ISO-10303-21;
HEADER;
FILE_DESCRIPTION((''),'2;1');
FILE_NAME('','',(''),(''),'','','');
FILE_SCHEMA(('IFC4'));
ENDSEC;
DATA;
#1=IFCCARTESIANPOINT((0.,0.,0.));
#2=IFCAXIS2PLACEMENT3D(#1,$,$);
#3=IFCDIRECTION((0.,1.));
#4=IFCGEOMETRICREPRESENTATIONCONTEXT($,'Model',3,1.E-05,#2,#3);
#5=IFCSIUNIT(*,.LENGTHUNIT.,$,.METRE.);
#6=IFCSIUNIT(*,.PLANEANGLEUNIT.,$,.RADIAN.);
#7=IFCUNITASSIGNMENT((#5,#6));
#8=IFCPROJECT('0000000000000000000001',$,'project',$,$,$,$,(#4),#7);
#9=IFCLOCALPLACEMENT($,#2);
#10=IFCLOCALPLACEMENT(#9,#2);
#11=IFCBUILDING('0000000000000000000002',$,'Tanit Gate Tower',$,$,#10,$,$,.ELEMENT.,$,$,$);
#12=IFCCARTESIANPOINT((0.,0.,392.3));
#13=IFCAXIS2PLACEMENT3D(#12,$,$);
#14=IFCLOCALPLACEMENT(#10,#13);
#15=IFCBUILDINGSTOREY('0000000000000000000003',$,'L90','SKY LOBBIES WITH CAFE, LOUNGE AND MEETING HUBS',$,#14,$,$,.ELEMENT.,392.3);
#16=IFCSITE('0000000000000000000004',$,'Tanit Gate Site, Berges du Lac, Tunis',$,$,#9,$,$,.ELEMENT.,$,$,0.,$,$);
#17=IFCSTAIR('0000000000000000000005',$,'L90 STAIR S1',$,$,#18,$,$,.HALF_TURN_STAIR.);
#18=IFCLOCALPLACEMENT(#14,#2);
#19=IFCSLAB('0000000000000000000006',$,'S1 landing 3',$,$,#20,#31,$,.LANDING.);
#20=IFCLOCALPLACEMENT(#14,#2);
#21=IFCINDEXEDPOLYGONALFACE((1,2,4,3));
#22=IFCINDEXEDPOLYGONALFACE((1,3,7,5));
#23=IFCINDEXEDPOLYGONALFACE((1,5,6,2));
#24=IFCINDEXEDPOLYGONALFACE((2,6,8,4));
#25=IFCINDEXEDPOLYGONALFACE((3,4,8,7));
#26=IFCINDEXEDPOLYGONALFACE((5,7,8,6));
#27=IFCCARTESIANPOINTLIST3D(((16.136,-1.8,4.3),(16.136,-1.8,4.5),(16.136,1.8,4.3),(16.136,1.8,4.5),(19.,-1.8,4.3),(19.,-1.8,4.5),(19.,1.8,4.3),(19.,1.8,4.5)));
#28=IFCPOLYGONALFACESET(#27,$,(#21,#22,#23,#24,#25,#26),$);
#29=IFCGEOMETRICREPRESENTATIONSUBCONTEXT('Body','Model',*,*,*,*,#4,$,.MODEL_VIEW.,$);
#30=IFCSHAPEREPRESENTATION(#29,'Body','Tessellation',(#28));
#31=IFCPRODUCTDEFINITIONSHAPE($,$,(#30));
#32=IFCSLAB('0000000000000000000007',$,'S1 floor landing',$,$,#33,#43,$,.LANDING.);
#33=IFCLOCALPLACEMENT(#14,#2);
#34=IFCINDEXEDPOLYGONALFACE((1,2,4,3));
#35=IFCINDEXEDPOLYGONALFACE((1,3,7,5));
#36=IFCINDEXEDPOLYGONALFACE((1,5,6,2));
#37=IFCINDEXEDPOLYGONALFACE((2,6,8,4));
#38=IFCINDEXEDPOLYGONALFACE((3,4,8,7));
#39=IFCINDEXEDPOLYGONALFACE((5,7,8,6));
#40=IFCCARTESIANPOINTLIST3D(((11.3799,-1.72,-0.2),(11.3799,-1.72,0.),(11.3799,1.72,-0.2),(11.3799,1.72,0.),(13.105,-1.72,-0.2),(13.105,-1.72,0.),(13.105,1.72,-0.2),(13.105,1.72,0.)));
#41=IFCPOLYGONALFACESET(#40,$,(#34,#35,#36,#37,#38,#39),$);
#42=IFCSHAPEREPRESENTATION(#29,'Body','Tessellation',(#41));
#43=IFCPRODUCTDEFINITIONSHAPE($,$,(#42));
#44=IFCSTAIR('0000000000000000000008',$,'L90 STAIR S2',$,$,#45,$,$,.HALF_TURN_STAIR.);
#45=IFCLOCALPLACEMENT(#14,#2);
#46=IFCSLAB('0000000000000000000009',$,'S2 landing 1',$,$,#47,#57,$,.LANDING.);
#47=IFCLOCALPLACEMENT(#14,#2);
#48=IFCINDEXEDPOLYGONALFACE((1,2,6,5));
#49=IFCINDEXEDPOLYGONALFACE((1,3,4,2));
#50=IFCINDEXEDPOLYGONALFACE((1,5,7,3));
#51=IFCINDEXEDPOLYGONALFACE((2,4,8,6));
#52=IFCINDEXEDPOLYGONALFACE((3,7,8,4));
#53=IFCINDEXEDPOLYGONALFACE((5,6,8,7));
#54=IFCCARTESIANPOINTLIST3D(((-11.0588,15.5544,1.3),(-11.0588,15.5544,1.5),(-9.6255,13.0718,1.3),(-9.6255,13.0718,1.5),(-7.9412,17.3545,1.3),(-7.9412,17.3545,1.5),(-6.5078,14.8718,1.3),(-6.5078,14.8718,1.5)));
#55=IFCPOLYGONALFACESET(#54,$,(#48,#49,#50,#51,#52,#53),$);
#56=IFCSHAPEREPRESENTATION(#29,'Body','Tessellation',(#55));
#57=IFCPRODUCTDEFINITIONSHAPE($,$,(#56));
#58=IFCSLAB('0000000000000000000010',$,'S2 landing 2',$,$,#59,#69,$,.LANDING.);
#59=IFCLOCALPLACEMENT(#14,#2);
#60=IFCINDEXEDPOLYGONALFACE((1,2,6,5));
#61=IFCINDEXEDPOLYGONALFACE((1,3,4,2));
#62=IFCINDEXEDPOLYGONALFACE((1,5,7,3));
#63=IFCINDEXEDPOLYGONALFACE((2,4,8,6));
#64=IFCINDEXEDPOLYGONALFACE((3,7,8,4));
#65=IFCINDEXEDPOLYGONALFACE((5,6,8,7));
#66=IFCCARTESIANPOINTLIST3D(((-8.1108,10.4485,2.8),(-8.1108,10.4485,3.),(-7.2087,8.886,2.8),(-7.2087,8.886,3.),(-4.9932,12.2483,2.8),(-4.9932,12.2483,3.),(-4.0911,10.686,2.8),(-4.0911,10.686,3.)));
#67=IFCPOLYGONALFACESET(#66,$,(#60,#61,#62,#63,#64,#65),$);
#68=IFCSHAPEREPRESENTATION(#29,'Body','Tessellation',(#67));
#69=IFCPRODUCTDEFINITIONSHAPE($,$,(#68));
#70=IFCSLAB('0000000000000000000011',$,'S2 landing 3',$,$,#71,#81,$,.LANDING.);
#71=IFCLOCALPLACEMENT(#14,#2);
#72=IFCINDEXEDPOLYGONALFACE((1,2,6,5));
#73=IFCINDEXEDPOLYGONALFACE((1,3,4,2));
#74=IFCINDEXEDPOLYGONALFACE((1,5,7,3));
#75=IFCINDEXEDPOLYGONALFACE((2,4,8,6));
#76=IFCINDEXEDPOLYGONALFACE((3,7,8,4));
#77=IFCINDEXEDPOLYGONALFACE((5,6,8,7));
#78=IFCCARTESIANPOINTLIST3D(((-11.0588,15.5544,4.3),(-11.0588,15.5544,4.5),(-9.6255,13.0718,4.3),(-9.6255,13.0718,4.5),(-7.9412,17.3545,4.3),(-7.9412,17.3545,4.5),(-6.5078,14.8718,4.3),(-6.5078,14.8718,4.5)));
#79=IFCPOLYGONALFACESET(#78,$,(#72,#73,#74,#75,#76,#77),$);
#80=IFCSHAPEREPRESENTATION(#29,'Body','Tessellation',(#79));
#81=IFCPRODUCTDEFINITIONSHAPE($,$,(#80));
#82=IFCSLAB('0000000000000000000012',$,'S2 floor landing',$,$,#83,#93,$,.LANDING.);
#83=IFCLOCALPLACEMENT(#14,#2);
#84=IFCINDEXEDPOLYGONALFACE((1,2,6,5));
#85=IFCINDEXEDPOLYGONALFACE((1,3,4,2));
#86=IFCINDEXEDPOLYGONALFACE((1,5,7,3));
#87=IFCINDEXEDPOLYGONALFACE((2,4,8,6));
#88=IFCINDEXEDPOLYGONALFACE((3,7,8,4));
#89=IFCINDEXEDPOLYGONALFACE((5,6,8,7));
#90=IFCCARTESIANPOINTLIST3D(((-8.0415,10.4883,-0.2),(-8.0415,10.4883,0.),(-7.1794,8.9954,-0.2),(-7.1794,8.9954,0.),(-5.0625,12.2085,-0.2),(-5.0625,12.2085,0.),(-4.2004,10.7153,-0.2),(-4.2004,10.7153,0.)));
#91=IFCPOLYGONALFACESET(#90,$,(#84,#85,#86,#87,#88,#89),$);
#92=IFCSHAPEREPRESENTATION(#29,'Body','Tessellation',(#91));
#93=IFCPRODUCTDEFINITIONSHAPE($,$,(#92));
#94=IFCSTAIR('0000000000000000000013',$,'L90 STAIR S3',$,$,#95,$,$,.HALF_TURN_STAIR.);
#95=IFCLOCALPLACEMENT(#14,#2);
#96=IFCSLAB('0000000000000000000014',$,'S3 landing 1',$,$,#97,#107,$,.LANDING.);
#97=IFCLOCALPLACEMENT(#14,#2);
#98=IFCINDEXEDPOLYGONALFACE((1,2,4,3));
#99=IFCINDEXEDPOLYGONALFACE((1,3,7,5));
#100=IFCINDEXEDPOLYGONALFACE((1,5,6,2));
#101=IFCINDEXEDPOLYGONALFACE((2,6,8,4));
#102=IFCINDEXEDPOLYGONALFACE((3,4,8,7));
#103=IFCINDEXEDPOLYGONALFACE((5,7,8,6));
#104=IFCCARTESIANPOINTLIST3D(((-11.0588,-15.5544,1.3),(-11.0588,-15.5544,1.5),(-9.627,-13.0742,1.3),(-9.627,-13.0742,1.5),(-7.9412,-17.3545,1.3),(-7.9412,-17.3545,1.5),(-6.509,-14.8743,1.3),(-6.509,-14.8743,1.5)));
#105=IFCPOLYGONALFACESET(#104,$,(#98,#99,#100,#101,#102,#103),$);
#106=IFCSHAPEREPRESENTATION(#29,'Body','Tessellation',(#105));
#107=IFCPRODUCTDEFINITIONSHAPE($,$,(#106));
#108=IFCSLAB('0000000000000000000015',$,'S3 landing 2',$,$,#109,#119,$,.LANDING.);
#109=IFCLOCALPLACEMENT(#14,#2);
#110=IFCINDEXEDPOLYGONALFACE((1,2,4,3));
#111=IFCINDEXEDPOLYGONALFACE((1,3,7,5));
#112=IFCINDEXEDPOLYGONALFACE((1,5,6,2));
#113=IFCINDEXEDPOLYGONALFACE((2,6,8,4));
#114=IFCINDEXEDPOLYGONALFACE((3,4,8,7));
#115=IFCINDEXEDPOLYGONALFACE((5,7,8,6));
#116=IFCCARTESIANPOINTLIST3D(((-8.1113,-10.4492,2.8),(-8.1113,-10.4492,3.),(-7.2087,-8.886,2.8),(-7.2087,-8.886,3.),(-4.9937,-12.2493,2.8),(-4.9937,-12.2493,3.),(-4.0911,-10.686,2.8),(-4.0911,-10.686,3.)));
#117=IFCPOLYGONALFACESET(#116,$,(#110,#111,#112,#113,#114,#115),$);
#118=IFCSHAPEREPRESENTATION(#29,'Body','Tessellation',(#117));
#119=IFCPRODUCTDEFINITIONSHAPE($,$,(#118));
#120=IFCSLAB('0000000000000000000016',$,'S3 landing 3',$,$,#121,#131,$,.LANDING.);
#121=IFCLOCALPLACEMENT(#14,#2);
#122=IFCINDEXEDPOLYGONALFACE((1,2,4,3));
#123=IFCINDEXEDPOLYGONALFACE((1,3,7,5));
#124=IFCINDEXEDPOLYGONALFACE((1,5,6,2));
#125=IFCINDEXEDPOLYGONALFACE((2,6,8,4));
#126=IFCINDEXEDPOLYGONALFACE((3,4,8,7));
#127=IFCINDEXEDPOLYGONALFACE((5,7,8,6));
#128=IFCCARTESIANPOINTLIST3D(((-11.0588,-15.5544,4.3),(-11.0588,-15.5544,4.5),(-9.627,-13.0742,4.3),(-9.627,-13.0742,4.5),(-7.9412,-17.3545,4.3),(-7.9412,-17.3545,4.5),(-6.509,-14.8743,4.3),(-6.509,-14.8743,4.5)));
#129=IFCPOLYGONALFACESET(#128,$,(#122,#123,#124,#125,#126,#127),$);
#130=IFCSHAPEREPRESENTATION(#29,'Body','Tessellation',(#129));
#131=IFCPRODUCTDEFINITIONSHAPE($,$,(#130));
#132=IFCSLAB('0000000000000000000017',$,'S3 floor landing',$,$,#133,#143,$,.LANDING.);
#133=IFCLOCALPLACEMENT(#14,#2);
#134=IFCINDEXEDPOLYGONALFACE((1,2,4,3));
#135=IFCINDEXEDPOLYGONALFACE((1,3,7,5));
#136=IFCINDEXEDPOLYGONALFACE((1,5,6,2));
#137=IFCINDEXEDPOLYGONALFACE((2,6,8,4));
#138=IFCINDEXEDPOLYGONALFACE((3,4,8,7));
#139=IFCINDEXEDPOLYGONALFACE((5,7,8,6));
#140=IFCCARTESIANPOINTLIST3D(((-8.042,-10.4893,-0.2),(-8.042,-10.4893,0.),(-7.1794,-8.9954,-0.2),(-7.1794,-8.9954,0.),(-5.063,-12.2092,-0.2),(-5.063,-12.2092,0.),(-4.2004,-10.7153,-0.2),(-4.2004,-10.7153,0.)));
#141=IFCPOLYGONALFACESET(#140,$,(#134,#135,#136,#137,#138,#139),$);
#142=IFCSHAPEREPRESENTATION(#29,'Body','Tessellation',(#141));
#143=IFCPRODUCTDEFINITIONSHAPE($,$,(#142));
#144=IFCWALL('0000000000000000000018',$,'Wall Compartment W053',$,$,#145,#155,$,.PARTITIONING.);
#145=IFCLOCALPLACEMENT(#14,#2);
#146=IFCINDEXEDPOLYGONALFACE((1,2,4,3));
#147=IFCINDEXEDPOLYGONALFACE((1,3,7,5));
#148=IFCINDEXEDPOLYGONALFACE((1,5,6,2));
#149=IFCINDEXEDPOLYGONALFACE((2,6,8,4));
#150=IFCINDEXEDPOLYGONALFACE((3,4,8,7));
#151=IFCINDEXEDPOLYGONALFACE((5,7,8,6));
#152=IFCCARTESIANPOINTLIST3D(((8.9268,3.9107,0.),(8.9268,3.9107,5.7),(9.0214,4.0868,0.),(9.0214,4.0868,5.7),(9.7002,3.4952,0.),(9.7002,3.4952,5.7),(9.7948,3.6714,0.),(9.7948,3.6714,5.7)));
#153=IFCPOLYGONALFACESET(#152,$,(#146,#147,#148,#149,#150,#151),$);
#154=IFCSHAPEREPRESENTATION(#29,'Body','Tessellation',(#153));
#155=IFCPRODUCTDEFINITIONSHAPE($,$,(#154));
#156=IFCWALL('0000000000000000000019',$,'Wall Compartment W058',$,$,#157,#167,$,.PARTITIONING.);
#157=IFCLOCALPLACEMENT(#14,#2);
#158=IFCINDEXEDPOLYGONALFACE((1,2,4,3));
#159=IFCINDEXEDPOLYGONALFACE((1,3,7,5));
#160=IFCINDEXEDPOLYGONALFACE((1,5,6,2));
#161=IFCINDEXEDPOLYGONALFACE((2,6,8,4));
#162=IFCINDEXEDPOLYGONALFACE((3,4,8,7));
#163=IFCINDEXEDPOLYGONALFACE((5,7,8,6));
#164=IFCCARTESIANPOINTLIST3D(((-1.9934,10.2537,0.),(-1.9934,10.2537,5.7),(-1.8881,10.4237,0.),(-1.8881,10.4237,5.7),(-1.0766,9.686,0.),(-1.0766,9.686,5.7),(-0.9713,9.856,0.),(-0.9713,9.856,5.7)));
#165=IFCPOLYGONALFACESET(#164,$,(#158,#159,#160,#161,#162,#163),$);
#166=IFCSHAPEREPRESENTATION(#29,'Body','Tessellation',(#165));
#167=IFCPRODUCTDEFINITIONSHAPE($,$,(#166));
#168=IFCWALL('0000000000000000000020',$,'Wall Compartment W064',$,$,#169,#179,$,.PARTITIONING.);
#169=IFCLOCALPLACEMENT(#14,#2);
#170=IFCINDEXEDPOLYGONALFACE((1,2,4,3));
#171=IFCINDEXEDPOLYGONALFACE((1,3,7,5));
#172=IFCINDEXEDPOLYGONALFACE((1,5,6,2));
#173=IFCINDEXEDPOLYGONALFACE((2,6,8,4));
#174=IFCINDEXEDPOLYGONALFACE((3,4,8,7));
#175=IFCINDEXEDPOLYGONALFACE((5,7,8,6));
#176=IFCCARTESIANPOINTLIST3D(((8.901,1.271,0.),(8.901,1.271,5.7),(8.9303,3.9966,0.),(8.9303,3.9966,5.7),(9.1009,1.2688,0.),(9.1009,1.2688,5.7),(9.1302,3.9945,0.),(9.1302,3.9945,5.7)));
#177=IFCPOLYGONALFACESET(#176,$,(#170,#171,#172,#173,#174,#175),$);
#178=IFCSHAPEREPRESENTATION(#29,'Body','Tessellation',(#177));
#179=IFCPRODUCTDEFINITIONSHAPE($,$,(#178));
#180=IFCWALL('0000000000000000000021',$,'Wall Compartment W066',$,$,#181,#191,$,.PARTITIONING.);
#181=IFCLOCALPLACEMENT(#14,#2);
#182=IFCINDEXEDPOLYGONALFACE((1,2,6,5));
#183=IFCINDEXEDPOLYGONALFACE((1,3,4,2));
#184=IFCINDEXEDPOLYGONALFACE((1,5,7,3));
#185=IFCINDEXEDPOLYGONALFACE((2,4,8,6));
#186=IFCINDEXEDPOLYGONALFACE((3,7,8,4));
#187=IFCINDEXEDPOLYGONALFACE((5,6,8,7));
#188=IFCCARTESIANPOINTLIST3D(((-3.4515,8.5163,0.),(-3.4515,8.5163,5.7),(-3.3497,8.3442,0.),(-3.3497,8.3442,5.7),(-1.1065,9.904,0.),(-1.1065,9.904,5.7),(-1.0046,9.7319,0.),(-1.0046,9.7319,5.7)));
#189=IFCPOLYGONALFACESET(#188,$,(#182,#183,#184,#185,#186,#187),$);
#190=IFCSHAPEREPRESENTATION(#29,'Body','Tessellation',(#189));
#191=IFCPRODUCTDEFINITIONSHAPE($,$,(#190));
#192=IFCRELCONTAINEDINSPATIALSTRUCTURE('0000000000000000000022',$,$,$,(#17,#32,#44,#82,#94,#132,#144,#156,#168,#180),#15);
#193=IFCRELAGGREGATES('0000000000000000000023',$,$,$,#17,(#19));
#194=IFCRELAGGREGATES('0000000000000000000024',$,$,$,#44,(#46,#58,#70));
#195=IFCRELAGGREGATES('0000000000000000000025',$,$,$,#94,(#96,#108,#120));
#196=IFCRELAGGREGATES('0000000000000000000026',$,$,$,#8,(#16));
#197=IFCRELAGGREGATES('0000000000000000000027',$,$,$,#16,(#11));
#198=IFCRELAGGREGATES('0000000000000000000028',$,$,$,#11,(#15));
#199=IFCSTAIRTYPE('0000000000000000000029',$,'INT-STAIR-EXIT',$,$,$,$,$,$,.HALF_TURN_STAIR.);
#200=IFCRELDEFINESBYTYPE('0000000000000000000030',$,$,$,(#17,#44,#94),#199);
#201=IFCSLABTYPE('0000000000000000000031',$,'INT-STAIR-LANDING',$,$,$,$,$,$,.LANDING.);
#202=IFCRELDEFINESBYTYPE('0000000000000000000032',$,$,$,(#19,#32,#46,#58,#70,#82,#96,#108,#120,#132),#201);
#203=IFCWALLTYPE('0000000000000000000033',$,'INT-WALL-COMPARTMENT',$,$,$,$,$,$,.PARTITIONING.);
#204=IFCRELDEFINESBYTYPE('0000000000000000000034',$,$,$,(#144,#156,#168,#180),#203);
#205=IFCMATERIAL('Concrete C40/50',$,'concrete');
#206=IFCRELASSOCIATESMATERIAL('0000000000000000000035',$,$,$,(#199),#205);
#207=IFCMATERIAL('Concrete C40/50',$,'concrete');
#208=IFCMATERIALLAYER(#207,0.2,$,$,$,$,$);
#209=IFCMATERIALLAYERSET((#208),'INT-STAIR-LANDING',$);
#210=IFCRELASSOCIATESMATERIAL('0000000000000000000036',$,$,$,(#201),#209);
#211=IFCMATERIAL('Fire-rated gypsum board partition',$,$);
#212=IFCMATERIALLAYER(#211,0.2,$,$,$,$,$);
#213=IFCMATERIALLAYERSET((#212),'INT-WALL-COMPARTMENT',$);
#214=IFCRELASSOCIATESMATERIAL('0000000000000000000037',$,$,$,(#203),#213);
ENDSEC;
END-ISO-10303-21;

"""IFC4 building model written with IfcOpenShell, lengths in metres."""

from ifc_helpers import new_model, si_unit, direction, frame, frame_2d, origin, place, context, subcontext, project, spatial, polyline, rectangle, outline, extrude, material, layer, layer_set, type_object, element, aggregate, save


model = new_model("IFC4")

# Units and contexts
model_context = context("Model", 3, precision=1e-05, world=origin(), true_north=direction((0.0, 1.0)))
body_context = subcontext(model_context, "Body", "Model", "MODEL_VIEW")
ifc_project = project(units=[si_unit("LENGTHUNIT", "METRE"), si_unit("PLANEANGLEUNIT", "RADIAN")], contexts=[model_context])

# Site, building, storey
site_placement = place(None, origin())
site = spatial("IfcSite", under=ifc_project, at=site_placement, Name="Tanit Gate Site, Berges du Lac, Tunis", CompositionType="ELEMENT", RefElevation=0.0)
building_placement = place(site_placement, origin())
building = spatial("IfcBuilding", under=site, at=building_placement, Name="Tanit Gate Tower", CompositionType="ELEMENT")
storey_placement = place(building_placement, frame((0.0, 0.0, 392.3)))
storey = spatial("IfcBuildingStorey", under=building, at=storey_placement, Name="L90", Description="SKY LOBBIES WITH CAFE, LOUNGE AND MEETING HUBS", CompositionType="ELEMENT", Elevation=392.3)

# Stair, slab
ifc_material_1 = material(Name="Concrete C40/50", Category="concrete")
stair_type = type_object("IfcStairType", Name="INT-STAIR-EXIT", PredefinedType="HALF_TURN_STAIR", material=ifc_material_1)
stair_1_placement = place(storey_placement, origin())
stair_1 = element("IfcStair", 1, at=stair_1_placement, inside=storey, type_object=stair_type, Name="L90 STAIR S1", PredefinedType="HALF_TURN_STAIR")
ifc_material_2 = material(Name="Concrete C40/50", Category="concrete")
ifc_layer_1 = layer(ifc_material_2, 0.2)
ifc_layer_set_1 = layer_set([ifc_layer_1], Name="INT-STAIR-LANDING")
slab_type = type_object("IfcSlabType", Name="INT-STAIR-LANDING", PredefinedType="LANDING", material=ifc_layer_set_1)
slab_1_placement = place(storey_placement, frame((0.0, 0.0, 4.3)))
slab_1 = element("IfcSlab", 2, at=slab_1_placement, type_object=slab_type, Name="S1 landing 3", PredefinedType="LANDING", context=body_context, shape_type="SweptSolid", body=[
    extrude(outline(polyline([(16.136, -1.8), (19.0, -1.8), (19.0, 1.8), (16.136, 1.8), (16.136, -1.8)])), origin(), (0.0, 0.0, 1.0), 0.2),
])
aggregate(stair_1, [slab_1])

# Slab
slab_2_placement = place(storey_placement, frame((0.0, 0.0, -0.2)))
element("IfcSlab", 3, at=slab_2_placement, inside=storey, type_object=slab_type, Name="S1 floor landing", PredefinedType="LANDING", context=body_context, shape_type="SweptSolid", body=[
    extrude(outline(polyline([(11.3799, -1.72), (13.105, -1.72), (13.105, 1.72), (11.3799, 1.72), (11.3799, -1.72)])), origin(), (0.0, 0.0, 1.0), 0.2),
])

# Stair, slabs
stair_2_placement = place(storey_placement, origin())
stair_2 = element("IfcStair", 4, at=stair_2_placement, inside=storey, type_object=stair_type, Name="L90 STAIR S2", PredefinedType="HALF_TURN_STAIR")
slab_3_placement = place(storey_placement, frame((0.0, 0.0, 1.3)))
slab_3 = element("IfcSlab", 5, at=slab_3_placement, type_object=slab_type, Name="S2 landing 1", PredefinedType="LANDING", context=body_context, shape_type="SweptSolid", body=[
    extrude(outline(polyline([(-6.5078, 14.8718), (-7.9412, 17.3545), (-11.0588, 15.5544), (-9.6255, 13.0718), (-6.5078, 14.8718)])), origin(), (0.0, 0.0, 1.0), 0.2),
])
slab_4_placement = place(storey_placement, frame((0.0, 0.0, 2.8)))
slab_4 = element("IfcSlab", 6, at=slab_4_placement, type_object=slab_type, Name="S2 landing 2", PredefinedType="LANDING", context=body_context, shape_type="SweptSolid", body=[
    extrude(outline(polyline([(-4.0911, 10.686), (-4.9932, 12.2483), (-8.1108, 10.4485), (-7.2087, 8.886), (-4.0911, 10.686)])), origin(), (0.0, 0.0, 1.0), 0.2),
])
slab_5_placement = place(storey_placement, frame((0.0, 0.0, 4.3)))
slab_5 = element("IfcSlab", 7, at=slab_5_placement, type_object=slab_type, Name="S2 landing 3", PredefinedType="LANDING", context=body_context, shape_type="SweptSolid", body=[
    extrude(outline(polyline([(-6.5078, 14.8718), (-7.9412, 17.3545), (-11.0588, 15.5544), (-9.6255, 13.0718), (-6.5078, 14.8718)])), origin(), (0.0, 0.0, 1.0), 0.2),
])
aggregate(stair_2, [slab_3, slab_4, slab_5])

# Slab
slab_6_placement = place(storey_placement, frame((0.0, 0.0, -0.2)))
element("IfcSlab", 8, at=slab_6_placement, inside=storey, type_object=slab_type, Name="S2 floor landing", PredefinedType="LANDING", context=body_context, shape_type="SweptSolid", body=[
    extrude(outline(polyline([(-4.2004, 10.7153), (-5.0625, 12.2085), (-8.0415, 10.4883), (-7.1794, 8.9954), (-4.2004, 10.7153)])), origin(), (0.0, 0.0, 1.0), 0.2),
])

# Stair, slabs
stair_3_placement = place(storey_placement, origin())
stair_3 = element("IfcStair", 9, at=stair_3_placement, inside=storey, type_object=stair_type, Name="L90 STAIR S3", PredefinedType="HALF_TURN_STAIR")
slab_7_placement = place(storey_placement, frame((0.0, 0.0, 1.3)))
slab_7 = element("IfcSlab", 10, at=slab_7_placement, type_object=slab_type, Name="S3 landing 1", PredefinedType="LANDING", context=body_context, shape_type="SweptSolid", body=[
    extrude(outline(polyline([(-9.627, -13.0742), (-11.0588, -15.5544), (-7.9412, -17.3545), (-6.509, -14.8743), (-9.627, -13.0742)])), origin(), (0.0, 0.0, 1.0), 0.2),
])
slab_8_placement = place(storey_placement, frame((0.0, 0.0, 2.8)))
slab_8 = element("IfcSlab", 11, at=slab_8_placement, type_object=slab_type, Name="S3 landing 2", PredefinedType="LANDING", context=body_context, shape_type="SweptSolid", body=[
    extrude(outline(polyline([(-7.2087, -8.886), (-8.1113, -10.4492), (-4.9937, -12.2493), (-4.0911, -10.686), (-7.2087, -8.886)])), origin(), (0.0, 0.0, 1.0), 0.2),
])
slab_9_placement = place(storey_placement, frame((0.0, 0.0, 4.3)))
slab_9 = element("IfcSlab", 12, at=slab_9_placement, type_object=slab_type, Name="S3 landing 3", PredefinedType="LANDING", context=body_context, shape_type="SweptSolid", body=[
    extrude(outline(polyline([(-9.627, -13.0742), (-11.0588, -15.5544), (-7.9412, -17.3545), (-6.509, -14.8743), (-9.627, -13.0742)])), origin(), (0.0, 0.0, 1.0), 0.2),
])
aggregate(stair_3, [slab_7, slab_8, slab_9])

# Slab
slab_10_placement = place(storey_placement, frame((0.0, 0.0, -0.2)))
element("IfcSlab", 13, at=slab_10_placement, inside=storey, type_object=slab_type, Name="S3 floor landing", PredefinedType="LANDING", context=body_context, shape_type="SweptSolid", body=[
    extrude(outline(polyline([(-7.1794, -8.9954), (-8.042, -10.4893), (-5.063, -12.2092), (-4.2004, -10.7153), (-7.1794, -8.9954)])), origin(), (0.0, 0.0, 1.0), 0.2),
])

# Walls
ifc_material_3 = material(Name="Fire-rated gypsum board partition")
ifc_layer_2 = layer(ifc_material_3, 0.2)
ifc_layer_set_2 = layer_set([ifc_layer_2], Name="INT-WALL-COMPARTMENT")
wall_type_1 = type_object("IfcWallType", Name="INT-WALL-COMPARTMENT", PredefinedType="PARTITIONING", material=ifc_layer_set_2)
wall_1_placement = place(storey_placement, frame((8.9741, 3.9988, 0.0), z_axis=(0.0, 0.0, 1.0), x_axis=(0.880917, -0.473271, 0.0)))
element("IfcWall", 14, at=wall_1_placement, inside=storey, type_object=wall_type_1, Name="Wall Compartment W053", PredefinedType="PARTITIONING", context=body_context, shape_type="SweptSolid", body=[
    extrude(rectangle(XDim=0.8779, YDim=0.2, at=frame_2d((0.439, 0.0))), origin(), (0.0, 0.0, 1.0), 5.7),
])
wall_2_placement = place(storey_placement, frame((-1.9407, 10.3386, 0.0), z_axis=(0.0, 0.0, 1.0), x_axis=(0.850217, -0.526433, 0.0)))
element("IfcWall", 15, at=wall_2_placement, inside=storey, type_object=wall_type_1, Name="Wall Compartment W058", PredefinedType="PARTITIONING", context=body_context, shape_type="SweptSolid", body=[
    extrude(rectangle(XDim=1.0784, YDim=0.2, at=frame_2d((0.5391, 0.0))), origin(), (0.0, 0.0, 1.0), 5.7),
])
wall_3_placement = place(storey_placement, frame((9.001, 1.27, 0.0), z_axis=(0.0, 0.0, 1.0), x_axis=(0.010748, 0.999942, 0.0)))
element("IfcWall", 16, at=wall_3_placement, inside=storey, type_object=wall_type_1, Name="Wall Compartment W064", PredefinedType="PARTITIONING", context=body_context, shape_type="SweptSolid", body=[
    extrude(rectangle(XDim=2.7258, YDim=0.2, at=frame_2d((1.3628, 0.0))), origin(), (0.0, 0.0, 1.0), 5.7),
])
wall_4_placement = place(storey_placement, frame((-1.0557, 9.8179, 0.0), z_axis=(0.0, 0.0, 1.0), x_axis=(-0.8606, -0.509282, 0.0)))
element("IfcWall", 17, at=wall_4_placement, inside=storey, type_object=wall_type_1, Name="Wall Compartment W066", PredefinedType="PARTITIONING", context=body_context, shape_type="SweptSolid", body=[
    extrude(rectangle(XDim=2.7249, YDim=0.2, at=frame_2d((1.3623, 0.0))), origin(), (0.0, 0.0, 1.0), 5.7),
])

save(model, "model.ifc")
